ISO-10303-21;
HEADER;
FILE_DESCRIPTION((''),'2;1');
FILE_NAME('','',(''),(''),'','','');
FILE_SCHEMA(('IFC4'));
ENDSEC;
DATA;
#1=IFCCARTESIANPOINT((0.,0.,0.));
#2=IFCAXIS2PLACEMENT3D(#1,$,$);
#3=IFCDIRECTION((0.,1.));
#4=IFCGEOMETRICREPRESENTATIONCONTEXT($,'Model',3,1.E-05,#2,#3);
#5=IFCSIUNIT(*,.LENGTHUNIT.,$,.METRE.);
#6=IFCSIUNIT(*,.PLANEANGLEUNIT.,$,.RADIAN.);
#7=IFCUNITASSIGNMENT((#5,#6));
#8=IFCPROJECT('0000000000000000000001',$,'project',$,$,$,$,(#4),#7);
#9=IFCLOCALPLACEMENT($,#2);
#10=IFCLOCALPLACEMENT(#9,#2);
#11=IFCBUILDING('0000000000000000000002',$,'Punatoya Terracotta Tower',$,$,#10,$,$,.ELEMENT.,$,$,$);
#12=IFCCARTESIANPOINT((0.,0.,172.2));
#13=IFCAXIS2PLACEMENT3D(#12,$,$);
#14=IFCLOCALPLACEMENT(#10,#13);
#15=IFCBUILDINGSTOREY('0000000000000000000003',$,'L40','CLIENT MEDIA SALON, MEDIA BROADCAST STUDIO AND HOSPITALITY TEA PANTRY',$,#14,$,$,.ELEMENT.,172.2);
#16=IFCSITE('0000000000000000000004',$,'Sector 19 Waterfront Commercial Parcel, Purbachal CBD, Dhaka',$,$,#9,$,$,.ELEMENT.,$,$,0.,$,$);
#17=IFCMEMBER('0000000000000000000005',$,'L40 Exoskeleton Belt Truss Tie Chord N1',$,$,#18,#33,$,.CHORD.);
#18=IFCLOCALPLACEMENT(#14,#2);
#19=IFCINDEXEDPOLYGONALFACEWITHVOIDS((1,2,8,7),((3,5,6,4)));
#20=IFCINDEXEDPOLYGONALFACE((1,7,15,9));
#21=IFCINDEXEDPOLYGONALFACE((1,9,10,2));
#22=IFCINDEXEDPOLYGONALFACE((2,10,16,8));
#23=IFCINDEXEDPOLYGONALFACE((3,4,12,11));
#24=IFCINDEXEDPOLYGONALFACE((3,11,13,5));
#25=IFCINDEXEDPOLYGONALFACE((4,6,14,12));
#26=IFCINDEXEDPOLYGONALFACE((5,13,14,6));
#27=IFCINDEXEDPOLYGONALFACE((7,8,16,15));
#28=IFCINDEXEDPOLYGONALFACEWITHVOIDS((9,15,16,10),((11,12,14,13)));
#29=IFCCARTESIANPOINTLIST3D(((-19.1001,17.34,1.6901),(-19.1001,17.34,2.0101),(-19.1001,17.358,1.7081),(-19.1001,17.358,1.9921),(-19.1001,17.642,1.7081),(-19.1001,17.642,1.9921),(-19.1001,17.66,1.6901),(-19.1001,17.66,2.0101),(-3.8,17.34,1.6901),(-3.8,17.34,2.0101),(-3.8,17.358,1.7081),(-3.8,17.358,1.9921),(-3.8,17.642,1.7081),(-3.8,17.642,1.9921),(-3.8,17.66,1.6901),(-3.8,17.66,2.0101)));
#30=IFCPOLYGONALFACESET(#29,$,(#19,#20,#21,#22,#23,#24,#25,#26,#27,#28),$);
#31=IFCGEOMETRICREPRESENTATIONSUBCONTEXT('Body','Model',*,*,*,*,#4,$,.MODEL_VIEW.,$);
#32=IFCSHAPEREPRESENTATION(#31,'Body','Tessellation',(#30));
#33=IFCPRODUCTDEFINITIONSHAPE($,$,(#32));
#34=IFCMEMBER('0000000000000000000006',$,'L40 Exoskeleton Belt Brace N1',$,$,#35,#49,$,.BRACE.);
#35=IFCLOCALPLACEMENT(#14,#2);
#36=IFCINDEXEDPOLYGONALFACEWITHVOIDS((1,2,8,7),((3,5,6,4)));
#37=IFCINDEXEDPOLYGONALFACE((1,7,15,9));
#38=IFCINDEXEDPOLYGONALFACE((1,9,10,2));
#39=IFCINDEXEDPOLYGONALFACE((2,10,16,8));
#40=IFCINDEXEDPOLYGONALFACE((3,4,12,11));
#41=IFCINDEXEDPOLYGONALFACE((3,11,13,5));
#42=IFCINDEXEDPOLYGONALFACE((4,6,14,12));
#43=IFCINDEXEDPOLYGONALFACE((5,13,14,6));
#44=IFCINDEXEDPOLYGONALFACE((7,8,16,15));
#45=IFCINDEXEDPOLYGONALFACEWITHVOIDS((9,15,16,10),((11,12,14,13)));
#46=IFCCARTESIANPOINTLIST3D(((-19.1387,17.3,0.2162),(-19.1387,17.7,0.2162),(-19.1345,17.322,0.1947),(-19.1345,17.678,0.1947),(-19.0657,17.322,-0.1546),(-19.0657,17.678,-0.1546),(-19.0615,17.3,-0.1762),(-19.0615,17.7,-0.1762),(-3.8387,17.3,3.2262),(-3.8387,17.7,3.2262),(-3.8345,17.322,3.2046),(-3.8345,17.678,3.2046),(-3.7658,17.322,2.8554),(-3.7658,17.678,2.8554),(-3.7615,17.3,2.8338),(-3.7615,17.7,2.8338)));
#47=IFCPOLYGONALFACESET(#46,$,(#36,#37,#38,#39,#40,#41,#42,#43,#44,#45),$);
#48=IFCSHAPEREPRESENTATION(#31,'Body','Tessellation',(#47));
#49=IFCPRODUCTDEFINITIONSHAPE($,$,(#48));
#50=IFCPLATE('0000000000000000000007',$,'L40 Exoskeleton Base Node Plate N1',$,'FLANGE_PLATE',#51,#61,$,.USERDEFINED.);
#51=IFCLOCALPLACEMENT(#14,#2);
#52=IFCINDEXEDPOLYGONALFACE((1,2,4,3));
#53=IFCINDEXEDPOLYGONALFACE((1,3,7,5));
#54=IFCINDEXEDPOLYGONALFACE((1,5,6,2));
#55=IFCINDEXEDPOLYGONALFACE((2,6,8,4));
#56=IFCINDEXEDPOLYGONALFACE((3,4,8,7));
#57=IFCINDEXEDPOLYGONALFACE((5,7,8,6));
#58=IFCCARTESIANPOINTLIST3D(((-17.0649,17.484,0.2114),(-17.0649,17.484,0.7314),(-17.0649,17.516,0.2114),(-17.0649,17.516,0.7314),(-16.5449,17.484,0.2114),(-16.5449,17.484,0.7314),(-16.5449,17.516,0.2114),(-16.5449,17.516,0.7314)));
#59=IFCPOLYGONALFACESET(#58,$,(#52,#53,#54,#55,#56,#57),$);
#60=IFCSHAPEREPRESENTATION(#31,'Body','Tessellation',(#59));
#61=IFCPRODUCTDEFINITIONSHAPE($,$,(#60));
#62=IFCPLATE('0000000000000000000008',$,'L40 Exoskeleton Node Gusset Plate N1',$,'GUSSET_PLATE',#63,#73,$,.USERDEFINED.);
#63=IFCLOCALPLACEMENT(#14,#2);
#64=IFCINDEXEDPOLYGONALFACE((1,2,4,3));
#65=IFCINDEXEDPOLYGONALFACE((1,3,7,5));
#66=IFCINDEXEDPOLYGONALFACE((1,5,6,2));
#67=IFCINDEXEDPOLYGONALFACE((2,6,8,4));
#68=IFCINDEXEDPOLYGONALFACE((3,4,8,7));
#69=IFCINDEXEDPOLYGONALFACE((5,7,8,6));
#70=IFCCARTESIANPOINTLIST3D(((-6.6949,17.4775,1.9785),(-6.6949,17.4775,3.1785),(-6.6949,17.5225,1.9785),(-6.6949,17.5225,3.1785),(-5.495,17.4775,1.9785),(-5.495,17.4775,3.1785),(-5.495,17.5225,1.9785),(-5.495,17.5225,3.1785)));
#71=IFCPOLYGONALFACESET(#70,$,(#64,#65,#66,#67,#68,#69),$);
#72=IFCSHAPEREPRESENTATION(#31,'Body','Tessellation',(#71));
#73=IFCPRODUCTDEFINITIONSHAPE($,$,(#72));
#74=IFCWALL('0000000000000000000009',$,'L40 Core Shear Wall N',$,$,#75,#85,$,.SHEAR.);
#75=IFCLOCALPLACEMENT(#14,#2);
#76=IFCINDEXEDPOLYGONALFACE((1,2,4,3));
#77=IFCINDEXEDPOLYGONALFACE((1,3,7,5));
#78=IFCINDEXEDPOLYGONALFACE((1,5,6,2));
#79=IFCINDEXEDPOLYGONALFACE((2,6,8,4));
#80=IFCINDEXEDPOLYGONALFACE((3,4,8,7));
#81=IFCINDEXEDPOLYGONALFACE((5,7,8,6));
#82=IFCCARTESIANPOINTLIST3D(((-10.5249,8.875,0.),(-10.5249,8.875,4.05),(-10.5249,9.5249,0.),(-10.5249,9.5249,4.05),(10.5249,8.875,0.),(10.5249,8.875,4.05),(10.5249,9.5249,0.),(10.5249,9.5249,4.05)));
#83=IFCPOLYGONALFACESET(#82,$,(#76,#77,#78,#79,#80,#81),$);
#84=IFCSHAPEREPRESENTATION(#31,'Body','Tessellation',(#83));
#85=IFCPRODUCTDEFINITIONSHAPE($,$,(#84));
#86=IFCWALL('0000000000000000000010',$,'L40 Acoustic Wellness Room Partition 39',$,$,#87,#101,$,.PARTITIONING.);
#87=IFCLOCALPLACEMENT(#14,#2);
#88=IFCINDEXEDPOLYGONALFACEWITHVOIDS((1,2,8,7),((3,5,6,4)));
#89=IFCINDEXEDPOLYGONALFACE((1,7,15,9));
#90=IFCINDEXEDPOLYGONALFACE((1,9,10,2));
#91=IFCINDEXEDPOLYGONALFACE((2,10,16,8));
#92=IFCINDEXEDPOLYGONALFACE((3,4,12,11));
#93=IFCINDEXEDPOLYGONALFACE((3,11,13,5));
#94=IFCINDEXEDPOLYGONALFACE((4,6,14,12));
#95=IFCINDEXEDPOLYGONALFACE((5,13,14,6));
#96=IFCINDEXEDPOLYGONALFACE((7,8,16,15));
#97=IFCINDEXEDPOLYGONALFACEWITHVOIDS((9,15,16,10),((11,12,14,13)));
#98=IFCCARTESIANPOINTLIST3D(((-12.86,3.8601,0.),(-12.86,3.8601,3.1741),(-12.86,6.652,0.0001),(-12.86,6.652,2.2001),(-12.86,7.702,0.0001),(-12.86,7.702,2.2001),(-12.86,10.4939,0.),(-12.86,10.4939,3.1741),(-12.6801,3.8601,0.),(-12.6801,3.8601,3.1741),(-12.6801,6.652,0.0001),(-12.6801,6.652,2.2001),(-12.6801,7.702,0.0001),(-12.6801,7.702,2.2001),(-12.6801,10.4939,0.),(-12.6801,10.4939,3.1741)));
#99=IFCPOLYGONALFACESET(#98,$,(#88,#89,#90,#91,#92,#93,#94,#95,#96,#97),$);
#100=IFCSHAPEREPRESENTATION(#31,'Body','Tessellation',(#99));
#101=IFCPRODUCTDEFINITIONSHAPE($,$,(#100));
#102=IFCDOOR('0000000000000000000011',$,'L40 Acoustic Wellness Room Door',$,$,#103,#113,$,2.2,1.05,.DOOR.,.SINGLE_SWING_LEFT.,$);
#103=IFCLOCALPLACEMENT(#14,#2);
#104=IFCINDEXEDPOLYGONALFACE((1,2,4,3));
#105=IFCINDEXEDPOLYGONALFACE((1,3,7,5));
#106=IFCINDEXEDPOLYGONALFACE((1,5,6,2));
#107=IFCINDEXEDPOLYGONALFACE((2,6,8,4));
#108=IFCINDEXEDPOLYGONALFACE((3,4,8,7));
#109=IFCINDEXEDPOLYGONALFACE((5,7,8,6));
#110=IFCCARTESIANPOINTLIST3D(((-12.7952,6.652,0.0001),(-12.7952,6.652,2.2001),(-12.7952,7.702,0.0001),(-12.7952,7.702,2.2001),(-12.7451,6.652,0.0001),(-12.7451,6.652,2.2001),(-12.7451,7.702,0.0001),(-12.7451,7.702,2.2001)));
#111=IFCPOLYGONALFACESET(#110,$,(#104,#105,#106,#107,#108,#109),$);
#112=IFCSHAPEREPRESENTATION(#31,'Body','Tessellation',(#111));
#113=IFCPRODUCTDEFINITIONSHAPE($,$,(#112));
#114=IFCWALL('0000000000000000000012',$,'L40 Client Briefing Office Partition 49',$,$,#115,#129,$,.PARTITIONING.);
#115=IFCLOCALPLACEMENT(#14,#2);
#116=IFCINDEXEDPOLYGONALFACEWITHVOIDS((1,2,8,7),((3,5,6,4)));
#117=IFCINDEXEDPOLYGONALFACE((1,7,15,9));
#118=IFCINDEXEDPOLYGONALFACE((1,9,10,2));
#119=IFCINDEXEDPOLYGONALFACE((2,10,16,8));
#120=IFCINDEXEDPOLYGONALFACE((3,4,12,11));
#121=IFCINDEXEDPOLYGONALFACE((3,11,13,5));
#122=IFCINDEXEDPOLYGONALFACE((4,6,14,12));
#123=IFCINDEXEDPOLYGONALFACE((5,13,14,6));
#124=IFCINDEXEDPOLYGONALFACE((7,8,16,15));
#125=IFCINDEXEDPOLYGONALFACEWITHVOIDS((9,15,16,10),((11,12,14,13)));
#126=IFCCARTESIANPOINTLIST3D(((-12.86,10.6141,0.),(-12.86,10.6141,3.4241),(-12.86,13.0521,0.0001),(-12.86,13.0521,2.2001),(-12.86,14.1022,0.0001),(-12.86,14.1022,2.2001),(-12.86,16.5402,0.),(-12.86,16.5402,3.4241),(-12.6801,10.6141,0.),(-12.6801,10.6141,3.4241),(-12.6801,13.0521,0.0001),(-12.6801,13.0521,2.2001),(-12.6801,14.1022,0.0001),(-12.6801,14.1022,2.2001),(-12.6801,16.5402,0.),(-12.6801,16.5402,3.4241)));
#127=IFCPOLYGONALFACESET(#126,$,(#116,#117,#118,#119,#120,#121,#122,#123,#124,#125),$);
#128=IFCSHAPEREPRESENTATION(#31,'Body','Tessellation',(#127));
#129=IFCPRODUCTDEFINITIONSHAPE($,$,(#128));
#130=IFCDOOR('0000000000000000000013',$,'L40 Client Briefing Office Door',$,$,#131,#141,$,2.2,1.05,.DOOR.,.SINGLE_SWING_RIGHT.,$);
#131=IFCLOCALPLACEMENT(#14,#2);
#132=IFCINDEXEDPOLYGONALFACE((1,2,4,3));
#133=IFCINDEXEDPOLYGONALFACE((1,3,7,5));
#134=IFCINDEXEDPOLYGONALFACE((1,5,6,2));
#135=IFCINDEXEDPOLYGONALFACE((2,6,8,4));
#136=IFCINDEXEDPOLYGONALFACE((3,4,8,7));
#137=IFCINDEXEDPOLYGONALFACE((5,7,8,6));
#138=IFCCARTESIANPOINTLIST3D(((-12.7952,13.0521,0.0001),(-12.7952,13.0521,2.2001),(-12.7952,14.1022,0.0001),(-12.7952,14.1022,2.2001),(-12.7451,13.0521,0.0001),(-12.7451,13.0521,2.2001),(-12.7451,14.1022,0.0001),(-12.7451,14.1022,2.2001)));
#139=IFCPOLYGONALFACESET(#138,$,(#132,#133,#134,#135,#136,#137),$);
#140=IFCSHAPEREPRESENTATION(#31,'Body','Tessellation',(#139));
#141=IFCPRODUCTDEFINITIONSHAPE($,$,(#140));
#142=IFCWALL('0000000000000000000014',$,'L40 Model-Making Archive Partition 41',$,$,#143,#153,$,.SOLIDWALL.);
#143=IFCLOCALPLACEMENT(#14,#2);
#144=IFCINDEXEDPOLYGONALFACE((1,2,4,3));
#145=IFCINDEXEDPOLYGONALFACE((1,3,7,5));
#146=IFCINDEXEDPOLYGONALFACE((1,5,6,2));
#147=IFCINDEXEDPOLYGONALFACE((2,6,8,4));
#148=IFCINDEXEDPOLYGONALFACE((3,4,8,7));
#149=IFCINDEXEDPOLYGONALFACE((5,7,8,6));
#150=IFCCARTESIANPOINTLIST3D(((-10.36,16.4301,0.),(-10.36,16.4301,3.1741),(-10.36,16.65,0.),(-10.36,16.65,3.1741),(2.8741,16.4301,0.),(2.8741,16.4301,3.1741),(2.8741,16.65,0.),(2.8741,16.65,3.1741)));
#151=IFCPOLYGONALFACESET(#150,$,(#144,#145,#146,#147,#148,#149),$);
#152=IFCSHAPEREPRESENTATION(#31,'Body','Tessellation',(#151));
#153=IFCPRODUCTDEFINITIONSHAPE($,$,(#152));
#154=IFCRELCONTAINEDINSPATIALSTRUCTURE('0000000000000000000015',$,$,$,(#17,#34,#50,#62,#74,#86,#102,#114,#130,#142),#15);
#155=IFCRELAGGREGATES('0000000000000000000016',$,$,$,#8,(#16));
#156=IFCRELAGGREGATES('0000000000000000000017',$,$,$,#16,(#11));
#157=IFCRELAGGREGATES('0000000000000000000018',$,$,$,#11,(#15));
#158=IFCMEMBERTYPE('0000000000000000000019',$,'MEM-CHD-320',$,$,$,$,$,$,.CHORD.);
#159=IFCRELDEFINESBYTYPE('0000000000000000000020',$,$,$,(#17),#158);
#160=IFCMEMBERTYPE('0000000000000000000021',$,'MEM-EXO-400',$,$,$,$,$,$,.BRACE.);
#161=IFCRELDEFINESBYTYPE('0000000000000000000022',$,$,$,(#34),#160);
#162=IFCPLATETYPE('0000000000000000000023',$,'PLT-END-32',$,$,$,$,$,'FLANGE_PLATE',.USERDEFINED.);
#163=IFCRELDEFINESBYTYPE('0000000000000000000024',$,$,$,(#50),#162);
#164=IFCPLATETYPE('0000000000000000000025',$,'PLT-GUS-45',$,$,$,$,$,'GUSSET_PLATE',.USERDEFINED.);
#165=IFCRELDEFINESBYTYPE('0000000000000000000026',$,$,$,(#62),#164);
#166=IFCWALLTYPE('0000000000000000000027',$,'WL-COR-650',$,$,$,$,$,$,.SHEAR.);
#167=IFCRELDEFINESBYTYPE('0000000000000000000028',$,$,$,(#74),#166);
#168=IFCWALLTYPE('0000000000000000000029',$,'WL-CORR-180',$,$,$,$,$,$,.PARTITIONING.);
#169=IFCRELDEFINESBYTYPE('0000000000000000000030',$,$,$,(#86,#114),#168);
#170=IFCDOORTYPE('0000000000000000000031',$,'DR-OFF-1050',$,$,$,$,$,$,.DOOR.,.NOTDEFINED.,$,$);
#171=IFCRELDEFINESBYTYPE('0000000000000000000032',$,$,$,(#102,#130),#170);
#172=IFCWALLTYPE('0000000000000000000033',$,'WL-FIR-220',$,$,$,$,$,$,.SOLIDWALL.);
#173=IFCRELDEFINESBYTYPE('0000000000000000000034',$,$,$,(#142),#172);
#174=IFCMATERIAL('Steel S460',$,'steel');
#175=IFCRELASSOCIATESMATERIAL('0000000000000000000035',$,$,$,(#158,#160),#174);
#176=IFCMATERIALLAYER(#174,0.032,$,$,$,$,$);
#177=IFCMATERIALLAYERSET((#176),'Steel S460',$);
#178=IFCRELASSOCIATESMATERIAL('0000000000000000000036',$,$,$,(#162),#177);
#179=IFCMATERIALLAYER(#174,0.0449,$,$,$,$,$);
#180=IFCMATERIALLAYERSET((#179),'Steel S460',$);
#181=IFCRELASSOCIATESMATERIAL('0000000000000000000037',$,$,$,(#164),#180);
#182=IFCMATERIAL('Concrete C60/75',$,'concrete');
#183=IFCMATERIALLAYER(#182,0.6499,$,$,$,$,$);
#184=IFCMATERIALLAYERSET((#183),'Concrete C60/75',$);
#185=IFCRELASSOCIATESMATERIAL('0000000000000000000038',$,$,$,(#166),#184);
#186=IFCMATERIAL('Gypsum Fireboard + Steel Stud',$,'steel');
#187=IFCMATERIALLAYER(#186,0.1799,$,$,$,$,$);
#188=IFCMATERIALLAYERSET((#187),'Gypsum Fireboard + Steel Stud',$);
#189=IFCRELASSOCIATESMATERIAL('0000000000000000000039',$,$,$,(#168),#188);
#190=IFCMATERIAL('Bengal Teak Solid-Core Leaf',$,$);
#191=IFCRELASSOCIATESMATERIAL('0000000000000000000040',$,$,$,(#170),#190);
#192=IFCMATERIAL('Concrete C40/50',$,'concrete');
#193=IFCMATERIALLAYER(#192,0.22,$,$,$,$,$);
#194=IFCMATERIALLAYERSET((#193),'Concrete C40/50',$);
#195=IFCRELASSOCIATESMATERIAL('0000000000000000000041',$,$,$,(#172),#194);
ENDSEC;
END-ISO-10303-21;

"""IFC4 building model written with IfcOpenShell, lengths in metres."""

from ifc_helpers import new_model, si_unit, direction, frame, frame_2d, origin, origin_2d, place, context, subcontext, project, spatial, rectangle, hollow_rectangle, extrude, material, layer, layer_set, material_profile, profile_set, type_object, element, fill, save


model = new_model("IFC4")

# Units and contexts
model_context = context("Model", 3, precision=1e-05, world=origin(), true_north=direction((0.0, 1.0)))
body_context = subcontext(model_context, "Body", "Model", "MODEL_VIEW")
ifc_project = project(units=[si_unit("LENGTHUNIT", "METRE"), si_unit("PLANEANGLEUNIT", "RADIAN")], contexts=[model_context])

# Site, building, storey
site_placement = place(None, origin())
site = spatial("IfcSite", under=ifc_project, at=site_placement, Name="Sector 19 Waterfront Commercial Parcel, Purbachal CBD, Dhaka", CompositionType="ELEMENT", RefElevation=0.0)
building_placement = place(site_placement, origin())
building = spatial("IfcBuilding", under=site, at=building_placement, Name="Punatoya Terracotta Tower", CompositionType="ELEMENT")
storey_placement = place(building_placement, frame((0.0, 0.0, 172.2)))
storey = spatial("IfcBuildingStorey", under=building, at=storey_placement, Name="L40", Description="CLIENT MEDIA SALON, MEDIA BROADCAST STUDIO AND HOSPITALITY TEA PANTRY", CompositionType="ELEMENT", Elevation=172.2)

# Shared definitions
ifc_material_1 = material(Name="Steel S460", Category="steel")

# Members
ifc_material_profile_1 = material_profile(ifc_material_1, hollow_rectangle(XDim=0.3201, YDim=0.3201, WallThickness=0.0181, at=origin_2d()))
ifc_profile_set_1 = profile_set([ifc_material_profile_1], Name="Steel S460")
member_type_1 = type_object("IfcMemberType", Name="MEM-CHD-320", PredefinedType="CHORD", material=ifc_profile_set_1)
member_1_placement = place(storey_placement, frame((-19.1001, 17.5, 1.8501), z_axis=(1.0, 0.0, 0.0), x_axis=(0.0, 1.0, 0.0)))
element("IfcMember", 1, at=member_1_placement, inside=storey, type_object=member_type_1, Name="L40 Exoskeleton Belt Truss Tie Chord N1", PredefinedType="CHORD", context=body_context, shape_type="SweptSolid", body=[
    extrude(hollow_rectangle(XDim=0.3201, YDim=0.3201, WallThickness=0.0181, at=origin_2d()), origin(), (0.0, 0.0, 1.0), 15.3),
])
ifc_material_profile_2 = material_profile(ifc_material_1, hollow_rectangle(XDim=0.3999, YDim=0.3999, WallThickness=0.022, at=origin_2d()))
ifc_profile_set_2 = profile_set([ifc_material_profile_2], Name="Steel S460")
member_type_2 = type_object("IfcMemberType", Name="MEM-EXO-400", PredefinedType="BRACE", material=ifc_profile_set_2)
member_2_placement = place(storey_placement, frame((-19.1001, 17.5, 0.02), z_axis=(0.981192, 0.0, 0.193032), x_axis=(0.0, 1.0, 0.0)))
element("IfcMember", 2, at=member_2_placement, inside=storey, type_object=member_type_2, Name="L40 Exoskeleton Belt Brace N1", PredefinedType="BRACE", context=body_context, shape_type="SweptSolid", body=[
    extrude(hollow_rectangle(XDim=0.3999, YDim=0.3999, WallThickness=0.022, at=origin_2d()), origin(), (0.0, 0.0, 1.0), 15.5933),
])

# Plates
ifc_layer_1 = layer(ifc_material_1, 0.032)
ifc_layer_set_1 = layer_set([ifc_layer_1], Name="Steel S460")
plate_type_1 = type_object("IfcPlateType", Name="PLT-END-32", ElementType="FLANGE_PLATE", PredefinedType="USERDEFINED", material=ifc_layer_set_1)
plate_1_placement = place(storey_placement, frame((-16.8049, 17.5, 0.2114), z_axis=(0.0, 0.0, 1.0), x_axis=(1.0, 0.0, 0.0)))
element("IfcPlate", 3, at=plate_1_placement, inside=storey, type_object=plate_type_1, Name="L40 Exoskeleton Base Node Plate N1", ObjectType="FLANGE_PLATE", PredefinedType="USERDEFINED", context=body_context, shape_type="SweptSolid", body=[
    extrude(rectangle(XDim=0.52, YDim=0.032, at=origin_2d()), origin(), (0.0, 0.0, 1.0), 0.52),
])
ifc_layer_2 = layer(ifc_material_1, 0.0449)
ifc_layer_set_2 = layer_set([ifc_layer_2], Name="Steel S460")
plate_type_2 = type_object("IfcPlateType", Name="PLT-GUS-45", ElementType="GUSSET_PLATE", PredefinedType="USERDEFINED", material=ifc_layer_set_2)
plate_2_placement = place(storey_placement, frame((-6.095, 17.5, 1.9785), z_axis=(0.0, 0.0, 1.0), x_axis=(1.0, 0.0, 0.0)))
element("IfcPlate", 4, at=plate_2_placement, inside=storey, type_object=plate_type_2, Name="L40 Exoskeleton Node Gusset Plate N1", ObjectType="GUSSET_PLATE", PredefinedType="USERDEFINED", context=body_context, shape_type="SweptSolid", body=[
    extrude(rectangle(XDim=1.2, YDim=0.0449, at=origin_2d()), origin(), (0.0, 0.0, 1.0), 1.2),
])

# Wall
ifc_material_2 = material(Name="Concrete C60/75", Category="concrete")
ifc_layer_3 = layer(ifc_material_2, 0.6499)
ifc_layer_set_3 = layer_set([ifc_layer_3], Name="Concrete C60/75")
wall_type_1 = type_object("IfcWallType", Name="WL-COR-650", PredefinedType="SHEAR", material=ifc_layer_set_3)
wall_1_placement = place(storey_placement, frame((-10.5249, 9.2, 0.0), z_axis=(0.0, 0.0, 1.0), x_axis=(1.0, 0.0, 0.0)))
element("IfcWall", 5, at=wall_1_placement, inside=storey, type_object=wall_type_1, Name="L40 Core Shear Wall N", PredefinedType="SHEAR", context=body_context, shape_type="SweptSolid", body=[
    extrude(rectangle(XDim=21.0498, YDim=0.6499, at=frame_2d((10.5249, 0.0))), origin(), (0.0, 0.0, 1.0), 4.05),
])

# Walls, openings, doors
ifc_material_3 = material(Name="Gypsum Fireboard + Steel Stud", Category="steel")
ifc_layer_4 = layer(ifc_material_3, 0.1799)
ifc_layer_set_4 = layer_set([ifc_layer_4], Name="Gypsum Fireboard + Steel Stud")
wall_type_2 = type_object("IfcWallType", Name="WL-CORR-180", PredefinedType="PARTITIONING", material=ifc_layer_set_4)
wall_2_placement = place(storey_placement, frame((-12.77, 10.4939, 0.0), z_axis=(0.0, 0.0, 1.0), x_axis=(0.0, -1.0, 0.0)))
wall_2 = element("IfcWall", 6, at=wall_2_placement, inside=storey, type_object=wall_type_2, Name="L40 Acoustic Wellness Room Partition 39", PredefinedType="PARTITIONING", context=body_context, shape_type="SweptSolid", body=[
    extrude(rectangle(XDim=6.6338, YDim=0.1799, at=frame_2d((3.3169, 0.0))), origin(), (0.0, 0.0, 1.0), 3.1741),
])
opening_1_placement = place(wall_2_placement, frame((2.792, 0.0, 0.0)))
opening_1 = element("IfcOpeningElement", 7, at=opening_1_placement, cuts=wall_2, PredefinedType="OPENING", context=body_context, shape_type="SweptSolid", body=[
    extrude(rectangle(XDim=1.05, YDim=2.2, at=frame_2d((0.5249, 1.1001))), frame((0.0, 0.0999, 0.0), z_axis=(0.0, -1.0, 0.0), x_axis=(1.0, 0.0, 0.0)), (0.0, 0.0, 1.0), 0.2),
])
ifc_material_4 = material(Name="Bengal Teak Solid-Core Leaf")
door_type_1 = type_object("IfcDoorType", Name="DR-OFF-1050", OperationType="NOTDEFINED", PredefinedType="DOOR", material=ifc_material_4)
door_1_placement = place(opening_1_placement, origin())
door_1 = element("IfcDoor", 8, at=door_1_placement, inside=storey, type_object=door_type_1, Name="L40 Acoustic Wellness Room Door", OperationType="SINGLE_SWING_LEFT", OverallHeight=2.2, OverallWidth=1.05, PredefinedType="DOOR", context=body_context, shape_type="SweptSolid", body=[
    extrude(rectangle(XDim=1.05, YDim=2.2, at=frame_2d((0.5249, 1.1001))), frame((0.0, 0.0249, 0.0), z_axis=(0.0, -1.0, 0.0), x_axis=(1.0, 0.0, 0.0)), (0.0, 0.0, 1.0), 0.05),
])
fill(opening_1, door_1)
wall_3_placement = place(storey_placement, frame((-12.77, 16.54, 0.0), z_axis=(0.0, 0.0, 1.0), x_axis=(0.0, -1.0, 0.0)))
wall_3 = element("IfcWall", 9, at=wall_3_placement, inside=storey, type_object=wall_type_2, Name="L40 Client Briefing Office Partition 49", PredefinedType="PARTITIONING", context=body_context, shape_type="SweptSolid", body=[
    extrude(rectangle(XDim=5.926, YDim=0.1799, at=frame_2d((2.9629, 0.0))), origin(), (0.0, 0.0, 1.0), 3.4241),
])
opening_2_placement = place(wall_3_placement, frame((2.438, 0.0, 0.0)))
opening_2 = element("IfcOpeningElement", 10, at=opening_2_placement, cuts=wall_3, PredefinedType="OPENING", context=body_context, shape_type="SweptSolid", body=[
    extrude(rectangle(XDim=1.05, YDim=2.2, at=frame_2d((0.5249, 1.1001))), frame((0.0, 0.0999, 0.0), z_axis=(0.0, -1.0, 0.0), x_axis=(1.0, 0.0, 0.0)), (0.0, 0.0, 1.0), 0.2),
])
door_2_placement = place(opening_2_placement, origin())
door_2 = element("IfcDoor", 11, at=door_2_placement, inside=storey, type_object=door_type_1, Name="L40 Client Briefing Office Door", OperationType="SINGLE_SWING_RIGHT", OverallHeight=2.2, OverallWidth=1.05, PredefinedType="DOOR", context=body_context, shape_type="SweptSolid", body=[
    extrude(rectangle(XDim=1.05, YDim=2.2, at=frame_2d((0.5249, 1.1001))), frame((0.0, 0.0249, 0.0), z_axis=(0.0, -1.0, 0.0), x_axis=(1.0, 0.0, 0.0)), (0.0, 0.0, 1.0), 0.05),
])
fill(opening_2, door_2)

# Wall
ifc_material_5 = material(Name="Concrete C40/50", Category="concrete")
ifc_layer_5 = layer(ifc_material_5, 0.22)
ifc_layer_set_5 = layer_set([ifc_layer_5], Name="Concrete C40/50")
wall_type_3 = type_object("IfcWallType", Name="WL-FIR-220", PredefinedType="SOLIDWALL", material=ifc_layer_set_5)
wall_4_placement = place(storey_placement, frame((-10.3601, 16.54, 0.0), z_axis=(0.0, 0.0, 1.0), x_axis=(1.0, 0.0, 0.0)))
element("IfcWall", 12, at=wall_4_placement, inside=storey, type_object=wall_type_3, Name="L40 Model-Making Archive Partition 41", PredefinedType="SOLIDWALL", context=body_context, shape_type="SweptSolid", body=[
    extrude(rectangle(XDim=13.2341, YDim=0.22, at=frame_2d((6.6172, 0.0))), origin(), (0.0, 0.0, 1.0), 3.1741),
])

save(model, "model.ifc")
